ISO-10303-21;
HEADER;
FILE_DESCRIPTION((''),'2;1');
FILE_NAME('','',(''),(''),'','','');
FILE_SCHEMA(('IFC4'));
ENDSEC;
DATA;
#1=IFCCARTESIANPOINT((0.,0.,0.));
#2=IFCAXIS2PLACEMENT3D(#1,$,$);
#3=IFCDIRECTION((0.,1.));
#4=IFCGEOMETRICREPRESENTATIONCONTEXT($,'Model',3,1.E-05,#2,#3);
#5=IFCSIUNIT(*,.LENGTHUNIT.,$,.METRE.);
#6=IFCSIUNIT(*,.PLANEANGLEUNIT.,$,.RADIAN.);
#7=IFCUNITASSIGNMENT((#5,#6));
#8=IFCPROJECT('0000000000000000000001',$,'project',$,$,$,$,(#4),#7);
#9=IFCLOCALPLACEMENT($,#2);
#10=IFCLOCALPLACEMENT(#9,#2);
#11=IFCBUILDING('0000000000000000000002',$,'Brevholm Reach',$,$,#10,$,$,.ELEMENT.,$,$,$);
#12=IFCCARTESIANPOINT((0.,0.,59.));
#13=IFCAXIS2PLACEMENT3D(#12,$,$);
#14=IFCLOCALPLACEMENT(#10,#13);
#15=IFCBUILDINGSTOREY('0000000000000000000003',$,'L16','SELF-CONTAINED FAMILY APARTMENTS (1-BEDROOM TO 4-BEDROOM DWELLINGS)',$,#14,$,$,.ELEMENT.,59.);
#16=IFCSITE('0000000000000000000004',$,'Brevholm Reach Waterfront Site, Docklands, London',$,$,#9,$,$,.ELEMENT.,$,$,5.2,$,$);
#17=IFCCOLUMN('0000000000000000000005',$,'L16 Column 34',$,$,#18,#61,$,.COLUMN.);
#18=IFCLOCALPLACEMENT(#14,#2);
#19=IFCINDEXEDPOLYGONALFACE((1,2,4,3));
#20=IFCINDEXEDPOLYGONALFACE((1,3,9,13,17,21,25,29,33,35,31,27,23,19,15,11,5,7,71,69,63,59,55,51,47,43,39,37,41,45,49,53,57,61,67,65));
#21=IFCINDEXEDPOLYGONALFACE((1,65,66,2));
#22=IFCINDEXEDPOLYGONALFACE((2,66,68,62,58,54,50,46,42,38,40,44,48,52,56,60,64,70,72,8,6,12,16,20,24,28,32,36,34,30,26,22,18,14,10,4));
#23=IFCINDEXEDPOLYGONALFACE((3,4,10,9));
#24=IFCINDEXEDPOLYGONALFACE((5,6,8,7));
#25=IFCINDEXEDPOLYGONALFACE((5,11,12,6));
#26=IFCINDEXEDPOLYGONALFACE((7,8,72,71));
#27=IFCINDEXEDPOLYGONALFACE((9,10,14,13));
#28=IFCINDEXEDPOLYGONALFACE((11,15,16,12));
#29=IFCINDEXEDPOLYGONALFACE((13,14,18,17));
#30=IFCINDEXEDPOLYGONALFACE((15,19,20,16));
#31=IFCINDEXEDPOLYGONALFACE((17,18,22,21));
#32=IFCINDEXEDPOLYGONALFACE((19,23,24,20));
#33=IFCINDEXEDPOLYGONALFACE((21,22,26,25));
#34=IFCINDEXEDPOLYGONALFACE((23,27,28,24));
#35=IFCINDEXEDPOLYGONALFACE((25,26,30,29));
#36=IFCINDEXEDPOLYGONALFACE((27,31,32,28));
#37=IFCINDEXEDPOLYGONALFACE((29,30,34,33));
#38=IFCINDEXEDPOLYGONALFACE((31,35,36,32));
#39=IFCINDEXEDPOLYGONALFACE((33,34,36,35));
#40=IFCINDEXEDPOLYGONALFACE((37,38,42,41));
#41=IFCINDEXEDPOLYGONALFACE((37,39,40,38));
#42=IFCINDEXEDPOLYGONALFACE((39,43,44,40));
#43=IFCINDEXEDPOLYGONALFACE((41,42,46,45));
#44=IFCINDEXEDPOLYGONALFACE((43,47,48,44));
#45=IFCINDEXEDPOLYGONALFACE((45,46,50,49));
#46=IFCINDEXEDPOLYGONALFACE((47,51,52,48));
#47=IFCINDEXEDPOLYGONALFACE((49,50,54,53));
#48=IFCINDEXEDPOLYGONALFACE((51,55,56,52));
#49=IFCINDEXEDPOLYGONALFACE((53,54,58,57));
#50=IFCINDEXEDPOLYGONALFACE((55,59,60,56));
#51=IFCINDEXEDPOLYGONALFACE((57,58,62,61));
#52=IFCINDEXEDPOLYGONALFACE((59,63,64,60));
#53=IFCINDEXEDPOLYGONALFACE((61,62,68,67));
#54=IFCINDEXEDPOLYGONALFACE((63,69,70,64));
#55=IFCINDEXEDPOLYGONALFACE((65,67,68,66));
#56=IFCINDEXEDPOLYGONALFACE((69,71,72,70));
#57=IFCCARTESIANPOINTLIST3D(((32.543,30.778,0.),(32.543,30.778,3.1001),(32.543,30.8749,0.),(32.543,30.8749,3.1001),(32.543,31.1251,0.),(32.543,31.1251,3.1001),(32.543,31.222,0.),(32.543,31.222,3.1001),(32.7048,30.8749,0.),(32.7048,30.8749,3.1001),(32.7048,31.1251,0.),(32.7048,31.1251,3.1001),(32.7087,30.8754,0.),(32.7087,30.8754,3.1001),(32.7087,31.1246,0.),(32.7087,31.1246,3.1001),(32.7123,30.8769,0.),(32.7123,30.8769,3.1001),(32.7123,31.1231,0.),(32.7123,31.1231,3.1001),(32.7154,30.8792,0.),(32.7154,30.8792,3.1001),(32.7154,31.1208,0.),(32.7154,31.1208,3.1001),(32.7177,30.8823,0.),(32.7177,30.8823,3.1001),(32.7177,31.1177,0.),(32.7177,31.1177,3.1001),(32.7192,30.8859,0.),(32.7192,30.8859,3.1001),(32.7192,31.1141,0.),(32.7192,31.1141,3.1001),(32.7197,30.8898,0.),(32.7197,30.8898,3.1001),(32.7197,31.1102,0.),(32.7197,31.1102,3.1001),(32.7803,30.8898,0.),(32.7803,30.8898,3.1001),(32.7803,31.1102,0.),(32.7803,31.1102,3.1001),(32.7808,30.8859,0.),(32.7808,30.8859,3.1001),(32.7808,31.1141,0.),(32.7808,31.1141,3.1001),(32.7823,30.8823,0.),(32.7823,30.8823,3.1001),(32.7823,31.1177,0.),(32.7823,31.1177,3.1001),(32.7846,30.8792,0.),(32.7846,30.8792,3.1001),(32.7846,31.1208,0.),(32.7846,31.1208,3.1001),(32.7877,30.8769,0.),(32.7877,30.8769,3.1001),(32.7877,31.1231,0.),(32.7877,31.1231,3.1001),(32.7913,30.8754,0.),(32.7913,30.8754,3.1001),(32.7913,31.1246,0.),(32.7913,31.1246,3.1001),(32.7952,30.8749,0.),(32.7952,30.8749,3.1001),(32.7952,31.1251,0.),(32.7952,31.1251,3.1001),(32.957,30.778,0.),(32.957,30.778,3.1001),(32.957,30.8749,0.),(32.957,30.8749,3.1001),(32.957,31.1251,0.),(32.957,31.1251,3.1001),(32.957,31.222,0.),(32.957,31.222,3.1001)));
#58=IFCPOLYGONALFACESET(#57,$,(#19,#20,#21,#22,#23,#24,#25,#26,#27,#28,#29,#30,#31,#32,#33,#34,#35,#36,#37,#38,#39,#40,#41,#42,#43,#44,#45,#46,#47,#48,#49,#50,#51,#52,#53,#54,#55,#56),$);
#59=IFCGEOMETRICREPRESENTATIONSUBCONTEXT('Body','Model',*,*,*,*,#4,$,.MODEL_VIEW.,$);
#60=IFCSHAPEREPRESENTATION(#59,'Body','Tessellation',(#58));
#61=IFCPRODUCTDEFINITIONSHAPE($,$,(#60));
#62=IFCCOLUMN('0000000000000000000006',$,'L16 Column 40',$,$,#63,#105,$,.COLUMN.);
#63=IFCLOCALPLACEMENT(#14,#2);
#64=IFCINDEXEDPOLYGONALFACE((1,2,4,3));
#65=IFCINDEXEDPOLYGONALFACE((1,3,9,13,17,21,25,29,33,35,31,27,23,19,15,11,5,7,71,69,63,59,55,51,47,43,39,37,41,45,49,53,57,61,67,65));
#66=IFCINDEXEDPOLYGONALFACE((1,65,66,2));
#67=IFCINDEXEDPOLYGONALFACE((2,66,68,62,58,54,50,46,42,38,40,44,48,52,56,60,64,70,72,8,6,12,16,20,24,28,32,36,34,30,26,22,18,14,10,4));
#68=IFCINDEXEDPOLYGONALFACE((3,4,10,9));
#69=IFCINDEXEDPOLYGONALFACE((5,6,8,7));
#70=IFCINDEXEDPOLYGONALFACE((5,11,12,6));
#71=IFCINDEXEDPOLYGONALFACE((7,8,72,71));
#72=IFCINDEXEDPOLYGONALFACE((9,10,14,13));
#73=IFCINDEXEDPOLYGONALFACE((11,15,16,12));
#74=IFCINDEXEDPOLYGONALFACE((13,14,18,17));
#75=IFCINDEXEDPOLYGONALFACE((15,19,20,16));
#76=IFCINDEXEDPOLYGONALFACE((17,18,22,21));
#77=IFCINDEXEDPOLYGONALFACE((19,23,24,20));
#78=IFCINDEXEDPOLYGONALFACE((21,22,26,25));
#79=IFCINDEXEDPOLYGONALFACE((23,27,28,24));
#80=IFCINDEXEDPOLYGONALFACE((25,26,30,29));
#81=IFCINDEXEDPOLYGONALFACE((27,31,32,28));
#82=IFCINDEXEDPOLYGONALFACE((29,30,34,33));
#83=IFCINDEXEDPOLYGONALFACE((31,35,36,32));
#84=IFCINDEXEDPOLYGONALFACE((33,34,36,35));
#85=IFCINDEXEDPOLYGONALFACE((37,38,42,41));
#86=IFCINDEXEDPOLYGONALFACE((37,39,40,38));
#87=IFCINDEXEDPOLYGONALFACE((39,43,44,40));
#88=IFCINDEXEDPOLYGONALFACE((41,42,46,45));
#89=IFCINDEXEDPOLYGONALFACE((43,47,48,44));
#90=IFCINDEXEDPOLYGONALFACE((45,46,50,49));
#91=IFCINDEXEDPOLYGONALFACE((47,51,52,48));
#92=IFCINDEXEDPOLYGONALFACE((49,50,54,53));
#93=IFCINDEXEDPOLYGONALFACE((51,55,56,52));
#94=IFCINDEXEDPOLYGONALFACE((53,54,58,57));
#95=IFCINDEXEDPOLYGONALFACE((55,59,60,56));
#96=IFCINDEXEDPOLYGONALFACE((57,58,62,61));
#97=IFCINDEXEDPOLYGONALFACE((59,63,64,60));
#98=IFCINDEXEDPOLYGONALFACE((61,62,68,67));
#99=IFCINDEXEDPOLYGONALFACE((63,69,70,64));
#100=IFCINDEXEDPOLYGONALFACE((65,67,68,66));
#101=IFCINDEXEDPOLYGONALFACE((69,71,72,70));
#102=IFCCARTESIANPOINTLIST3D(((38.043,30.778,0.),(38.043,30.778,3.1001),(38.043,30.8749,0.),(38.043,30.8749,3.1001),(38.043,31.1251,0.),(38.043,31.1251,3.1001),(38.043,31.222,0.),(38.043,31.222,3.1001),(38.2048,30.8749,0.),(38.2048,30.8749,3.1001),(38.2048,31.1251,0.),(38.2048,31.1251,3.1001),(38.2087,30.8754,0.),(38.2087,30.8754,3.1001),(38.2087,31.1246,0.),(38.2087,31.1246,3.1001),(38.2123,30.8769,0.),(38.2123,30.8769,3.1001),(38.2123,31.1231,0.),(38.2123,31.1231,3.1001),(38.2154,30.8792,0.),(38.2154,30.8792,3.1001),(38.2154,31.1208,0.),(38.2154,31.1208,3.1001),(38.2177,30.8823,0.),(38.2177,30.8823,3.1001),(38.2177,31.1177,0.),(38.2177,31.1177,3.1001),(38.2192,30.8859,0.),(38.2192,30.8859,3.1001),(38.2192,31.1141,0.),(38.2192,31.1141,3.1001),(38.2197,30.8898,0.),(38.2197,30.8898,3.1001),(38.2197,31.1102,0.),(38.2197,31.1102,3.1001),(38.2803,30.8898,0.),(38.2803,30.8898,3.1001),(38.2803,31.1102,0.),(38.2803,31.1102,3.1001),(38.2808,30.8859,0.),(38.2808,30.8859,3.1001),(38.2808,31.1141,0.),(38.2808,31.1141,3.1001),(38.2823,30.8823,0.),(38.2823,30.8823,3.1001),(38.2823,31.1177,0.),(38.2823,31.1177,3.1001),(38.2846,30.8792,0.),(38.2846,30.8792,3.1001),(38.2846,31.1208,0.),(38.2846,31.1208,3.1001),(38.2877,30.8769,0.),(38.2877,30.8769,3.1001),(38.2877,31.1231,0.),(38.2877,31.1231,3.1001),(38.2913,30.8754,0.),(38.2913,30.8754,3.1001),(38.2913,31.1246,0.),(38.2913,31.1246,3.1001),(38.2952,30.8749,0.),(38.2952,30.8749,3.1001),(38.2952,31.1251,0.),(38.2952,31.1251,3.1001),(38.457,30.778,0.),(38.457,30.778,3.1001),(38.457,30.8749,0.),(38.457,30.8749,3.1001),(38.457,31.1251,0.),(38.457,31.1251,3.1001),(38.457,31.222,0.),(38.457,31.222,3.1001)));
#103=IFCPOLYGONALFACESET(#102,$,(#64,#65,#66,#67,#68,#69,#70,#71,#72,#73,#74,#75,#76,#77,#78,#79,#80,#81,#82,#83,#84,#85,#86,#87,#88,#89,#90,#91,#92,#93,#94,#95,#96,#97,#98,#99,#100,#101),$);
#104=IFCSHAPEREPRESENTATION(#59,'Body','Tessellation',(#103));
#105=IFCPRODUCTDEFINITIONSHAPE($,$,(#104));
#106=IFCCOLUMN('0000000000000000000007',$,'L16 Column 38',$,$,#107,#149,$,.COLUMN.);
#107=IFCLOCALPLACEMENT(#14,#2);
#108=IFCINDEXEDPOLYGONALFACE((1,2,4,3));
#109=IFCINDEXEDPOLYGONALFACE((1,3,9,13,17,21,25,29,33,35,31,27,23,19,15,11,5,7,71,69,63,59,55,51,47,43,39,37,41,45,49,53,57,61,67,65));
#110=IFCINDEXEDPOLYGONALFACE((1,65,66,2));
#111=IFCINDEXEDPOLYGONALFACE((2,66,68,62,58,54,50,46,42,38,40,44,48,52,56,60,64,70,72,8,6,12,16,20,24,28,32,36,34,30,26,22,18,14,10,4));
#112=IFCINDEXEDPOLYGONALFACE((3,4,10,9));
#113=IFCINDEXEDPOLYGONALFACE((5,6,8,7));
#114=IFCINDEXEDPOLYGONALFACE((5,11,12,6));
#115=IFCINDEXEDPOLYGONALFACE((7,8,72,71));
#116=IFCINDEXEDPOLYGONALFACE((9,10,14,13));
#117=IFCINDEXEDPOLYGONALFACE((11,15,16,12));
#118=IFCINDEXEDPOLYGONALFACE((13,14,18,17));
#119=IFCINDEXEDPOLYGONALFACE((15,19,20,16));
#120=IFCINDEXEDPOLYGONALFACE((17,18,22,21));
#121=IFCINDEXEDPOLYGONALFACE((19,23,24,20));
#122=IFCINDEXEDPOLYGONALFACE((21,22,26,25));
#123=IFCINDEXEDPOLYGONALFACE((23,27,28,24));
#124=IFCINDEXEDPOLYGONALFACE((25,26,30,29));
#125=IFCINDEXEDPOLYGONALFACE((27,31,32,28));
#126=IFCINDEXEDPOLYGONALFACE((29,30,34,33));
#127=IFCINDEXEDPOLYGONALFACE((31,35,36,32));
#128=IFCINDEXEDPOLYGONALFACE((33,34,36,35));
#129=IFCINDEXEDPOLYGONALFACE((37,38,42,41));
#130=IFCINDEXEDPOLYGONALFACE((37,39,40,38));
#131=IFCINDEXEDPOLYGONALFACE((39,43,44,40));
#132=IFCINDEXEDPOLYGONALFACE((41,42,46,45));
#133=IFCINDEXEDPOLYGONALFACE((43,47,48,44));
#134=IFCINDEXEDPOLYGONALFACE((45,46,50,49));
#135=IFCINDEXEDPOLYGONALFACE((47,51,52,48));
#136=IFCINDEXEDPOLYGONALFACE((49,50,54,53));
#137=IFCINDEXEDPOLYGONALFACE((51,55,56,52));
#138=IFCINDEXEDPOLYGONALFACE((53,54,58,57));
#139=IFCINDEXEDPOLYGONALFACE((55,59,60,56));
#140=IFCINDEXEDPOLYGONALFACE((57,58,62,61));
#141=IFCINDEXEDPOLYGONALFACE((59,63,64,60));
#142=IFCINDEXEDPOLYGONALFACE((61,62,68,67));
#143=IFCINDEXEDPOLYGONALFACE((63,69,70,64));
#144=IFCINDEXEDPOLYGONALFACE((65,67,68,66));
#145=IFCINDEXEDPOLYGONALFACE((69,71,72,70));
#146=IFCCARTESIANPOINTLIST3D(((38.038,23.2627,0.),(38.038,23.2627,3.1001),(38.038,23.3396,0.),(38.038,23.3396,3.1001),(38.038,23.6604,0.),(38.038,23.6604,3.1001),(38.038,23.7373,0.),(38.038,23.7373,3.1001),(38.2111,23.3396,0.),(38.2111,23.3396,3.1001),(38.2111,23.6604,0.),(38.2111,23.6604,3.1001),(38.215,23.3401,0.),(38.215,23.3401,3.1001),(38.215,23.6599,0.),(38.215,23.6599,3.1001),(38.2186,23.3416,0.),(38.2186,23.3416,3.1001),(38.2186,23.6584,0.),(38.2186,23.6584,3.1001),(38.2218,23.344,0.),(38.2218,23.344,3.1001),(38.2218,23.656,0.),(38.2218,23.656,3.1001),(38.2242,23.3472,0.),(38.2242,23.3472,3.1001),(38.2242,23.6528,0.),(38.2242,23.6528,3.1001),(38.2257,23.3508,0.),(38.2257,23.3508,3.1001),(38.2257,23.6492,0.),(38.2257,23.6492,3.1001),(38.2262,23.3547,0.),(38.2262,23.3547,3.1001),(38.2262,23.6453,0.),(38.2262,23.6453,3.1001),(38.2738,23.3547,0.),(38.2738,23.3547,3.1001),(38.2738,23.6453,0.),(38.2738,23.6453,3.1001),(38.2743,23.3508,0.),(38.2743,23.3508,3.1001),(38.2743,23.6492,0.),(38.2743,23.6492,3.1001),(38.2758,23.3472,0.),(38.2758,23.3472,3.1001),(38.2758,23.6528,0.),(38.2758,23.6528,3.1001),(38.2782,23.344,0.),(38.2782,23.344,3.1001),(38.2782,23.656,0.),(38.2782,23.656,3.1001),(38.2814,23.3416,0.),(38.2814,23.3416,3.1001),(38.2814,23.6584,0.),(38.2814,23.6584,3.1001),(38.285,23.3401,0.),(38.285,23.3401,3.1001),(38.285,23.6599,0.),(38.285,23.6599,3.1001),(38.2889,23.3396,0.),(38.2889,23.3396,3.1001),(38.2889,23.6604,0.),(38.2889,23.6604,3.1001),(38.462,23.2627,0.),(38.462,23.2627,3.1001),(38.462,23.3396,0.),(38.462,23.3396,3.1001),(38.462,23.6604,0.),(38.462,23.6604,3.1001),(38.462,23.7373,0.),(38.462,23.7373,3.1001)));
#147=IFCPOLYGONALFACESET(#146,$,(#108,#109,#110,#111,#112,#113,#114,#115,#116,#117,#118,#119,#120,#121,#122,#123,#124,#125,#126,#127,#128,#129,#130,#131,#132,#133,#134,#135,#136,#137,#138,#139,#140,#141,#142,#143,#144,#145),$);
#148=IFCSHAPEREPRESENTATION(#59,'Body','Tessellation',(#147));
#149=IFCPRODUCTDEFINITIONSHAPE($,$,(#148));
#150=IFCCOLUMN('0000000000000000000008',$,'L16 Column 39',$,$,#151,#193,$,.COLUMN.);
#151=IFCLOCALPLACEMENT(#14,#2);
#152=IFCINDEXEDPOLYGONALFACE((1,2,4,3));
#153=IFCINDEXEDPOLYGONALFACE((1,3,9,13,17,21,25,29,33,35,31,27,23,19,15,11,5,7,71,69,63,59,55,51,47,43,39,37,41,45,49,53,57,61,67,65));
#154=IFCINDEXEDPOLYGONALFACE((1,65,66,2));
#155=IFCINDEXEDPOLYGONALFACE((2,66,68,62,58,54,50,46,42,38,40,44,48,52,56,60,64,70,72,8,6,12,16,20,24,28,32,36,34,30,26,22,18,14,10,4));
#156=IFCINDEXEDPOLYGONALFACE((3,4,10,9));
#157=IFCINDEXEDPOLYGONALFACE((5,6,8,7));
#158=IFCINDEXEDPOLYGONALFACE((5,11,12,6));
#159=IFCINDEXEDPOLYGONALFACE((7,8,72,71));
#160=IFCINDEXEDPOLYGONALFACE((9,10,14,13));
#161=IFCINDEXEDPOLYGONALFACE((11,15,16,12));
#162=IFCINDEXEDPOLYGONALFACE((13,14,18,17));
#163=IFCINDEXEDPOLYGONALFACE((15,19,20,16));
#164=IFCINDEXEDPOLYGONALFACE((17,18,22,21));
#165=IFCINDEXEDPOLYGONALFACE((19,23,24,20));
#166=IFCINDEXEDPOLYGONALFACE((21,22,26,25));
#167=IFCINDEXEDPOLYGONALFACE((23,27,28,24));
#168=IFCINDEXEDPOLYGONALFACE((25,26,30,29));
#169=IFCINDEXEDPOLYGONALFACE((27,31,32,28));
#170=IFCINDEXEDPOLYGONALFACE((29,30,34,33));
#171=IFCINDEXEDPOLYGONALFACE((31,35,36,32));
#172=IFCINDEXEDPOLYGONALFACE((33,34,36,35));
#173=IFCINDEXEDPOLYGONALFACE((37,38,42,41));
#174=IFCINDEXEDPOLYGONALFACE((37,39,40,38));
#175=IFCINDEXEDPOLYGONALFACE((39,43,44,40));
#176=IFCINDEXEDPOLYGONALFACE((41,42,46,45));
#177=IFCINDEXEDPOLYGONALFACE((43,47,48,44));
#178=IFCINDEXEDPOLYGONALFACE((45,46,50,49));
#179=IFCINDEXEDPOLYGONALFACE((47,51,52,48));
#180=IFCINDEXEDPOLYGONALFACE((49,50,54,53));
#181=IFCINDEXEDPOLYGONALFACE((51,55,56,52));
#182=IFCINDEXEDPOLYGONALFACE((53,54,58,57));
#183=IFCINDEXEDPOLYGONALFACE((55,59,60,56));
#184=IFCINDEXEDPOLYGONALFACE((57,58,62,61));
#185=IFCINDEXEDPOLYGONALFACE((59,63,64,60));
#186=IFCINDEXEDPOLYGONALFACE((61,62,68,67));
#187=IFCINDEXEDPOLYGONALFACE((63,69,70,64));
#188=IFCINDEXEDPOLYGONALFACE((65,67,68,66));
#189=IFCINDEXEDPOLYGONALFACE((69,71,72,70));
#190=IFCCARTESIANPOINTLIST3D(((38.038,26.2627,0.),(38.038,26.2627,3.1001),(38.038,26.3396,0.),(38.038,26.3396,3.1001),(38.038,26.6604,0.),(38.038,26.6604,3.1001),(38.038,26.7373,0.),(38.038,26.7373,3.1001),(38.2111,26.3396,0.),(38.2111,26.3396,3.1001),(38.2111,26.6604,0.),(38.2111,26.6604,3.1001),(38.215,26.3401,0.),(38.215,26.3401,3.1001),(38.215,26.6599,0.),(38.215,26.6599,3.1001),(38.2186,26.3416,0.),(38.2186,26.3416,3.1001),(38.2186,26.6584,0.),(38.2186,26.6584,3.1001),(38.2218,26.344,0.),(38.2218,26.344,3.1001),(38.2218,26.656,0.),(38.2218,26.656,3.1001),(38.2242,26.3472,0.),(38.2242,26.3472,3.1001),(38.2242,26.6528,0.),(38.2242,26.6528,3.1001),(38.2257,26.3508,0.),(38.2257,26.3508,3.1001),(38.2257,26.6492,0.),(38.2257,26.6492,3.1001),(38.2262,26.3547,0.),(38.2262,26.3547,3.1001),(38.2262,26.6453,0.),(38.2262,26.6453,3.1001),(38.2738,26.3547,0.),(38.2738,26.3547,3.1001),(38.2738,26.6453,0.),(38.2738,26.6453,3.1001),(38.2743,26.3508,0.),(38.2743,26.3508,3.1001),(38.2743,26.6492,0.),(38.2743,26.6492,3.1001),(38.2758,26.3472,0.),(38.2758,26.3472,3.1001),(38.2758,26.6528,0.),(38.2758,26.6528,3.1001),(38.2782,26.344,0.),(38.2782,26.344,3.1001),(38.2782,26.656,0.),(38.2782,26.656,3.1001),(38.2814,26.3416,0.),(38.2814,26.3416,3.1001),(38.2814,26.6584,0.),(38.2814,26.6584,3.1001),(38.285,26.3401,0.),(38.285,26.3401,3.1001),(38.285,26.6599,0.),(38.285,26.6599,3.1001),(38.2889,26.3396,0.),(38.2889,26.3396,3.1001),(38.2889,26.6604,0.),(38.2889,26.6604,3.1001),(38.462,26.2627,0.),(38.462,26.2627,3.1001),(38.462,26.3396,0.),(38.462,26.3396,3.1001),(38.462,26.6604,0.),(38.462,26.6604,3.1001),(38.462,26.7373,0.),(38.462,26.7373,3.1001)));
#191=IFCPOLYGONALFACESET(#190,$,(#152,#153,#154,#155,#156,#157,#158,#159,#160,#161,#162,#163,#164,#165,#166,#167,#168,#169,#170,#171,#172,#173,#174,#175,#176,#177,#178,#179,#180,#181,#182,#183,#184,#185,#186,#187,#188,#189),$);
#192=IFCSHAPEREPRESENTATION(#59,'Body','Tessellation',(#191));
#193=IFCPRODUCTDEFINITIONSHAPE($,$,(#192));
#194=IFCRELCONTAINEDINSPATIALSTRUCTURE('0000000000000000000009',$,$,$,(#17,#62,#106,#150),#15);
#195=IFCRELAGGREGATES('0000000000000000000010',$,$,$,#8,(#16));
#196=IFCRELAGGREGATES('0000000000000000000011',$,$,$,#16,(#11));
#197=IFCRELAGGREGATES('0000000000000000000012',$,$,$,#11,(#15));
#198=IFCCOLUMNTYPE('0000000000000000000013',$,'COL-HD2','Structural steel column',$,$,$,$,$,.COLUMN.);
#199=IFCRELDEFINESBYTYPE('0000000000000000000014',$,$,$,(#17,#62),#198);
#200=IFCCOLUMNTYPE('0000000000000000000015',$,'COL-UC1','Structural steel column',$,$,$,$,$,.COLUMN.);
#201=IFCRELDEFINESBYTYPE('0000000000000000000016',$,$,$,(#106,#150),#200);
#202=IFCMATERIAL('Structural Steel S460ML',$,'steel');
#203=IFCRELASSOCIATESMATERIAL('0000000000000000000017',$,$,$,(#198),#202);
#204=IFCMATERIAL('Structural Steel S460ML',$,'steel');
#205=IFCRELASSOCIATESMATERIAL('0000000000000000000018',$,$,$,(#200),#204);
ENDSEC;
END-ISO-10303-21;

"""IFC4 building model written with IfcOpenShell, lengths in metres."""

from ifc_helpers import new_model, si_unit, direction, frame, origin, origin_2d, place, context, subcontext, project, spatial, i_section, extrude, material, material_profile, profile_set, type_object, element, save


model = new_model("IFC4")

# Units and contexts
model_context = context("Model", 3, precision=1e-05, world=origin(), true_north=direction((0.0, 1.0)))
body_context = subcontext(model_context, "Body", "Model", "MODEL_VIEW")
ifc_project = project(units=[si_unit("LENGTHUNIT", "METRE"), si_unit("PLANEANGLEUNIT", "RADIAN")], contexts=[model_context])

# Site, building, storey
site_placement = place(None, origin())
site = spatial("IfcSite", under=ifc_project, at=site_placement, Name="Brevholm Reach Waterfront Site, Docklands, London", CompositionType="ELEMENT", RefElevation=5.2)
building_placement = place(site_placement, origin())
building = spatial("IfcBuilding", under=site, at=building_placement, Name="Brevholm Reach", CompositionType="ELEMENT")
storey_placement = place(building_placement, frame((0.0, 0.0, 59.0)))
storey = spatial("IfcBuildingStorey", under=building, at=storey_placement, Name="L16", Description="SELF-CONTAINED FAMILY APARTMENTS (1-BEDROOM TO 4-BEDROOM DWELLINGS)", CompositionType="ELEMENT", Elevation=59.0)

# Columns
ifc_material_1 = material(Name="Structural Steel S460ML", Category="steel")
ifc_material_profile_1 = material_profile(ifc_material_1, i_section(OverallWidth=0.4141, OverallDepth=0.4441, WebThickness=0.0605, FlangeThickness=0.0969, FilletRadius=0.0149, at=origin_2d()), Name="HD 400x818")
ifc_profile_set_1 = profile_set([ifc_material_profile_1], Name="Structural Steel S460ML")
column_type_1 = type_object("IfcColumnType", Name="COL-HD2", Description="Structural steel column", PredefinedType="COLUMN", material=ifc_profile_set_1)
for number, where, z_axis, x_axis, name in (
    (1, (32.75, 31.0, 0.0), (0.0, 0.0, 1.0), (1.0, 0.0, 0.0), "L16 Column 34"),
    (2, (38.25, 31.0, 0.0), (0.0, 0.0, 1.0), (1.0, 0.0, 0.0), "L16 Column 40"),
):
    element("IfcColumn", number, at=place(storey_placement, frame(where, z_axis=z_axis, x_axis=x_axis)), inside=storey, type_object=column_type_1, Name=name, PredefinedType="COLUMN", context=body_context, shape_type="SweptSolid", body=[
        extrude(i_section(OverallWidth=0.4141, OverallDepth=0.4441, WebThickness=0.0605, FlangeThickness=0.0969, FilletRadius=0.0149, at=origin_2d()), origin(), (0.0, 0.0, 1.0), 3.1001),
    ])
ifc_material_2 = material(Name="Structural Steel S460ML", Category="steel")
ifc_material_profile_2 = material_profile(ifc_material_2, i_section(OverallWidth=0.4241, OverallDepth=0.4746, WebThickness=0.0476, FlangeThickness=0.0769, FilletRadius=0.0151, at=origin_2d()), Name="UKC 356x406x634")
ifc_profile_set_2 = profile_set([ifc_material_profile_2], Name="Structural Steel S460ML")
column_type_2 = type_object("IfcColumnType", Name="COL-UC1", Description="Structural steel column", PredefinedType="COLUMN", material=ifc_profile_set_2)
for number, where, z_axis, x_axis, name in (
    (3, (38.25, 23.5, 0.0), (0.0, 0.0, 1.0), (1.0, 0.0, 0.0), "L16 Column 38"),
    (4, (38.25, 26.5, 0.0), (0.0, 0.0, 1.0), (1.0, 0.0, 0.0), "L16 Column 39"),
):
    element("IfcColumn", number, at=place(storey_placement, frame(where, z_axis=z_axis, x_axis=x_axis)), inside=storey, type_object=column_type_2, Name=name, PredefinedType="COLUMN", context=body_context, shape_type="SweptSolid", body=[
        extrude(i_section(OverallWidth=0.4241, OverallDepth=0.4746, WebThickness=0.0476, FlangeThickness=0.0769, FilletRadius=0.0151, at=origin_2d()), origin(), (0.0, 0.0, 1.0), 3.1001),
    ])

save(model, "model.ifc")
